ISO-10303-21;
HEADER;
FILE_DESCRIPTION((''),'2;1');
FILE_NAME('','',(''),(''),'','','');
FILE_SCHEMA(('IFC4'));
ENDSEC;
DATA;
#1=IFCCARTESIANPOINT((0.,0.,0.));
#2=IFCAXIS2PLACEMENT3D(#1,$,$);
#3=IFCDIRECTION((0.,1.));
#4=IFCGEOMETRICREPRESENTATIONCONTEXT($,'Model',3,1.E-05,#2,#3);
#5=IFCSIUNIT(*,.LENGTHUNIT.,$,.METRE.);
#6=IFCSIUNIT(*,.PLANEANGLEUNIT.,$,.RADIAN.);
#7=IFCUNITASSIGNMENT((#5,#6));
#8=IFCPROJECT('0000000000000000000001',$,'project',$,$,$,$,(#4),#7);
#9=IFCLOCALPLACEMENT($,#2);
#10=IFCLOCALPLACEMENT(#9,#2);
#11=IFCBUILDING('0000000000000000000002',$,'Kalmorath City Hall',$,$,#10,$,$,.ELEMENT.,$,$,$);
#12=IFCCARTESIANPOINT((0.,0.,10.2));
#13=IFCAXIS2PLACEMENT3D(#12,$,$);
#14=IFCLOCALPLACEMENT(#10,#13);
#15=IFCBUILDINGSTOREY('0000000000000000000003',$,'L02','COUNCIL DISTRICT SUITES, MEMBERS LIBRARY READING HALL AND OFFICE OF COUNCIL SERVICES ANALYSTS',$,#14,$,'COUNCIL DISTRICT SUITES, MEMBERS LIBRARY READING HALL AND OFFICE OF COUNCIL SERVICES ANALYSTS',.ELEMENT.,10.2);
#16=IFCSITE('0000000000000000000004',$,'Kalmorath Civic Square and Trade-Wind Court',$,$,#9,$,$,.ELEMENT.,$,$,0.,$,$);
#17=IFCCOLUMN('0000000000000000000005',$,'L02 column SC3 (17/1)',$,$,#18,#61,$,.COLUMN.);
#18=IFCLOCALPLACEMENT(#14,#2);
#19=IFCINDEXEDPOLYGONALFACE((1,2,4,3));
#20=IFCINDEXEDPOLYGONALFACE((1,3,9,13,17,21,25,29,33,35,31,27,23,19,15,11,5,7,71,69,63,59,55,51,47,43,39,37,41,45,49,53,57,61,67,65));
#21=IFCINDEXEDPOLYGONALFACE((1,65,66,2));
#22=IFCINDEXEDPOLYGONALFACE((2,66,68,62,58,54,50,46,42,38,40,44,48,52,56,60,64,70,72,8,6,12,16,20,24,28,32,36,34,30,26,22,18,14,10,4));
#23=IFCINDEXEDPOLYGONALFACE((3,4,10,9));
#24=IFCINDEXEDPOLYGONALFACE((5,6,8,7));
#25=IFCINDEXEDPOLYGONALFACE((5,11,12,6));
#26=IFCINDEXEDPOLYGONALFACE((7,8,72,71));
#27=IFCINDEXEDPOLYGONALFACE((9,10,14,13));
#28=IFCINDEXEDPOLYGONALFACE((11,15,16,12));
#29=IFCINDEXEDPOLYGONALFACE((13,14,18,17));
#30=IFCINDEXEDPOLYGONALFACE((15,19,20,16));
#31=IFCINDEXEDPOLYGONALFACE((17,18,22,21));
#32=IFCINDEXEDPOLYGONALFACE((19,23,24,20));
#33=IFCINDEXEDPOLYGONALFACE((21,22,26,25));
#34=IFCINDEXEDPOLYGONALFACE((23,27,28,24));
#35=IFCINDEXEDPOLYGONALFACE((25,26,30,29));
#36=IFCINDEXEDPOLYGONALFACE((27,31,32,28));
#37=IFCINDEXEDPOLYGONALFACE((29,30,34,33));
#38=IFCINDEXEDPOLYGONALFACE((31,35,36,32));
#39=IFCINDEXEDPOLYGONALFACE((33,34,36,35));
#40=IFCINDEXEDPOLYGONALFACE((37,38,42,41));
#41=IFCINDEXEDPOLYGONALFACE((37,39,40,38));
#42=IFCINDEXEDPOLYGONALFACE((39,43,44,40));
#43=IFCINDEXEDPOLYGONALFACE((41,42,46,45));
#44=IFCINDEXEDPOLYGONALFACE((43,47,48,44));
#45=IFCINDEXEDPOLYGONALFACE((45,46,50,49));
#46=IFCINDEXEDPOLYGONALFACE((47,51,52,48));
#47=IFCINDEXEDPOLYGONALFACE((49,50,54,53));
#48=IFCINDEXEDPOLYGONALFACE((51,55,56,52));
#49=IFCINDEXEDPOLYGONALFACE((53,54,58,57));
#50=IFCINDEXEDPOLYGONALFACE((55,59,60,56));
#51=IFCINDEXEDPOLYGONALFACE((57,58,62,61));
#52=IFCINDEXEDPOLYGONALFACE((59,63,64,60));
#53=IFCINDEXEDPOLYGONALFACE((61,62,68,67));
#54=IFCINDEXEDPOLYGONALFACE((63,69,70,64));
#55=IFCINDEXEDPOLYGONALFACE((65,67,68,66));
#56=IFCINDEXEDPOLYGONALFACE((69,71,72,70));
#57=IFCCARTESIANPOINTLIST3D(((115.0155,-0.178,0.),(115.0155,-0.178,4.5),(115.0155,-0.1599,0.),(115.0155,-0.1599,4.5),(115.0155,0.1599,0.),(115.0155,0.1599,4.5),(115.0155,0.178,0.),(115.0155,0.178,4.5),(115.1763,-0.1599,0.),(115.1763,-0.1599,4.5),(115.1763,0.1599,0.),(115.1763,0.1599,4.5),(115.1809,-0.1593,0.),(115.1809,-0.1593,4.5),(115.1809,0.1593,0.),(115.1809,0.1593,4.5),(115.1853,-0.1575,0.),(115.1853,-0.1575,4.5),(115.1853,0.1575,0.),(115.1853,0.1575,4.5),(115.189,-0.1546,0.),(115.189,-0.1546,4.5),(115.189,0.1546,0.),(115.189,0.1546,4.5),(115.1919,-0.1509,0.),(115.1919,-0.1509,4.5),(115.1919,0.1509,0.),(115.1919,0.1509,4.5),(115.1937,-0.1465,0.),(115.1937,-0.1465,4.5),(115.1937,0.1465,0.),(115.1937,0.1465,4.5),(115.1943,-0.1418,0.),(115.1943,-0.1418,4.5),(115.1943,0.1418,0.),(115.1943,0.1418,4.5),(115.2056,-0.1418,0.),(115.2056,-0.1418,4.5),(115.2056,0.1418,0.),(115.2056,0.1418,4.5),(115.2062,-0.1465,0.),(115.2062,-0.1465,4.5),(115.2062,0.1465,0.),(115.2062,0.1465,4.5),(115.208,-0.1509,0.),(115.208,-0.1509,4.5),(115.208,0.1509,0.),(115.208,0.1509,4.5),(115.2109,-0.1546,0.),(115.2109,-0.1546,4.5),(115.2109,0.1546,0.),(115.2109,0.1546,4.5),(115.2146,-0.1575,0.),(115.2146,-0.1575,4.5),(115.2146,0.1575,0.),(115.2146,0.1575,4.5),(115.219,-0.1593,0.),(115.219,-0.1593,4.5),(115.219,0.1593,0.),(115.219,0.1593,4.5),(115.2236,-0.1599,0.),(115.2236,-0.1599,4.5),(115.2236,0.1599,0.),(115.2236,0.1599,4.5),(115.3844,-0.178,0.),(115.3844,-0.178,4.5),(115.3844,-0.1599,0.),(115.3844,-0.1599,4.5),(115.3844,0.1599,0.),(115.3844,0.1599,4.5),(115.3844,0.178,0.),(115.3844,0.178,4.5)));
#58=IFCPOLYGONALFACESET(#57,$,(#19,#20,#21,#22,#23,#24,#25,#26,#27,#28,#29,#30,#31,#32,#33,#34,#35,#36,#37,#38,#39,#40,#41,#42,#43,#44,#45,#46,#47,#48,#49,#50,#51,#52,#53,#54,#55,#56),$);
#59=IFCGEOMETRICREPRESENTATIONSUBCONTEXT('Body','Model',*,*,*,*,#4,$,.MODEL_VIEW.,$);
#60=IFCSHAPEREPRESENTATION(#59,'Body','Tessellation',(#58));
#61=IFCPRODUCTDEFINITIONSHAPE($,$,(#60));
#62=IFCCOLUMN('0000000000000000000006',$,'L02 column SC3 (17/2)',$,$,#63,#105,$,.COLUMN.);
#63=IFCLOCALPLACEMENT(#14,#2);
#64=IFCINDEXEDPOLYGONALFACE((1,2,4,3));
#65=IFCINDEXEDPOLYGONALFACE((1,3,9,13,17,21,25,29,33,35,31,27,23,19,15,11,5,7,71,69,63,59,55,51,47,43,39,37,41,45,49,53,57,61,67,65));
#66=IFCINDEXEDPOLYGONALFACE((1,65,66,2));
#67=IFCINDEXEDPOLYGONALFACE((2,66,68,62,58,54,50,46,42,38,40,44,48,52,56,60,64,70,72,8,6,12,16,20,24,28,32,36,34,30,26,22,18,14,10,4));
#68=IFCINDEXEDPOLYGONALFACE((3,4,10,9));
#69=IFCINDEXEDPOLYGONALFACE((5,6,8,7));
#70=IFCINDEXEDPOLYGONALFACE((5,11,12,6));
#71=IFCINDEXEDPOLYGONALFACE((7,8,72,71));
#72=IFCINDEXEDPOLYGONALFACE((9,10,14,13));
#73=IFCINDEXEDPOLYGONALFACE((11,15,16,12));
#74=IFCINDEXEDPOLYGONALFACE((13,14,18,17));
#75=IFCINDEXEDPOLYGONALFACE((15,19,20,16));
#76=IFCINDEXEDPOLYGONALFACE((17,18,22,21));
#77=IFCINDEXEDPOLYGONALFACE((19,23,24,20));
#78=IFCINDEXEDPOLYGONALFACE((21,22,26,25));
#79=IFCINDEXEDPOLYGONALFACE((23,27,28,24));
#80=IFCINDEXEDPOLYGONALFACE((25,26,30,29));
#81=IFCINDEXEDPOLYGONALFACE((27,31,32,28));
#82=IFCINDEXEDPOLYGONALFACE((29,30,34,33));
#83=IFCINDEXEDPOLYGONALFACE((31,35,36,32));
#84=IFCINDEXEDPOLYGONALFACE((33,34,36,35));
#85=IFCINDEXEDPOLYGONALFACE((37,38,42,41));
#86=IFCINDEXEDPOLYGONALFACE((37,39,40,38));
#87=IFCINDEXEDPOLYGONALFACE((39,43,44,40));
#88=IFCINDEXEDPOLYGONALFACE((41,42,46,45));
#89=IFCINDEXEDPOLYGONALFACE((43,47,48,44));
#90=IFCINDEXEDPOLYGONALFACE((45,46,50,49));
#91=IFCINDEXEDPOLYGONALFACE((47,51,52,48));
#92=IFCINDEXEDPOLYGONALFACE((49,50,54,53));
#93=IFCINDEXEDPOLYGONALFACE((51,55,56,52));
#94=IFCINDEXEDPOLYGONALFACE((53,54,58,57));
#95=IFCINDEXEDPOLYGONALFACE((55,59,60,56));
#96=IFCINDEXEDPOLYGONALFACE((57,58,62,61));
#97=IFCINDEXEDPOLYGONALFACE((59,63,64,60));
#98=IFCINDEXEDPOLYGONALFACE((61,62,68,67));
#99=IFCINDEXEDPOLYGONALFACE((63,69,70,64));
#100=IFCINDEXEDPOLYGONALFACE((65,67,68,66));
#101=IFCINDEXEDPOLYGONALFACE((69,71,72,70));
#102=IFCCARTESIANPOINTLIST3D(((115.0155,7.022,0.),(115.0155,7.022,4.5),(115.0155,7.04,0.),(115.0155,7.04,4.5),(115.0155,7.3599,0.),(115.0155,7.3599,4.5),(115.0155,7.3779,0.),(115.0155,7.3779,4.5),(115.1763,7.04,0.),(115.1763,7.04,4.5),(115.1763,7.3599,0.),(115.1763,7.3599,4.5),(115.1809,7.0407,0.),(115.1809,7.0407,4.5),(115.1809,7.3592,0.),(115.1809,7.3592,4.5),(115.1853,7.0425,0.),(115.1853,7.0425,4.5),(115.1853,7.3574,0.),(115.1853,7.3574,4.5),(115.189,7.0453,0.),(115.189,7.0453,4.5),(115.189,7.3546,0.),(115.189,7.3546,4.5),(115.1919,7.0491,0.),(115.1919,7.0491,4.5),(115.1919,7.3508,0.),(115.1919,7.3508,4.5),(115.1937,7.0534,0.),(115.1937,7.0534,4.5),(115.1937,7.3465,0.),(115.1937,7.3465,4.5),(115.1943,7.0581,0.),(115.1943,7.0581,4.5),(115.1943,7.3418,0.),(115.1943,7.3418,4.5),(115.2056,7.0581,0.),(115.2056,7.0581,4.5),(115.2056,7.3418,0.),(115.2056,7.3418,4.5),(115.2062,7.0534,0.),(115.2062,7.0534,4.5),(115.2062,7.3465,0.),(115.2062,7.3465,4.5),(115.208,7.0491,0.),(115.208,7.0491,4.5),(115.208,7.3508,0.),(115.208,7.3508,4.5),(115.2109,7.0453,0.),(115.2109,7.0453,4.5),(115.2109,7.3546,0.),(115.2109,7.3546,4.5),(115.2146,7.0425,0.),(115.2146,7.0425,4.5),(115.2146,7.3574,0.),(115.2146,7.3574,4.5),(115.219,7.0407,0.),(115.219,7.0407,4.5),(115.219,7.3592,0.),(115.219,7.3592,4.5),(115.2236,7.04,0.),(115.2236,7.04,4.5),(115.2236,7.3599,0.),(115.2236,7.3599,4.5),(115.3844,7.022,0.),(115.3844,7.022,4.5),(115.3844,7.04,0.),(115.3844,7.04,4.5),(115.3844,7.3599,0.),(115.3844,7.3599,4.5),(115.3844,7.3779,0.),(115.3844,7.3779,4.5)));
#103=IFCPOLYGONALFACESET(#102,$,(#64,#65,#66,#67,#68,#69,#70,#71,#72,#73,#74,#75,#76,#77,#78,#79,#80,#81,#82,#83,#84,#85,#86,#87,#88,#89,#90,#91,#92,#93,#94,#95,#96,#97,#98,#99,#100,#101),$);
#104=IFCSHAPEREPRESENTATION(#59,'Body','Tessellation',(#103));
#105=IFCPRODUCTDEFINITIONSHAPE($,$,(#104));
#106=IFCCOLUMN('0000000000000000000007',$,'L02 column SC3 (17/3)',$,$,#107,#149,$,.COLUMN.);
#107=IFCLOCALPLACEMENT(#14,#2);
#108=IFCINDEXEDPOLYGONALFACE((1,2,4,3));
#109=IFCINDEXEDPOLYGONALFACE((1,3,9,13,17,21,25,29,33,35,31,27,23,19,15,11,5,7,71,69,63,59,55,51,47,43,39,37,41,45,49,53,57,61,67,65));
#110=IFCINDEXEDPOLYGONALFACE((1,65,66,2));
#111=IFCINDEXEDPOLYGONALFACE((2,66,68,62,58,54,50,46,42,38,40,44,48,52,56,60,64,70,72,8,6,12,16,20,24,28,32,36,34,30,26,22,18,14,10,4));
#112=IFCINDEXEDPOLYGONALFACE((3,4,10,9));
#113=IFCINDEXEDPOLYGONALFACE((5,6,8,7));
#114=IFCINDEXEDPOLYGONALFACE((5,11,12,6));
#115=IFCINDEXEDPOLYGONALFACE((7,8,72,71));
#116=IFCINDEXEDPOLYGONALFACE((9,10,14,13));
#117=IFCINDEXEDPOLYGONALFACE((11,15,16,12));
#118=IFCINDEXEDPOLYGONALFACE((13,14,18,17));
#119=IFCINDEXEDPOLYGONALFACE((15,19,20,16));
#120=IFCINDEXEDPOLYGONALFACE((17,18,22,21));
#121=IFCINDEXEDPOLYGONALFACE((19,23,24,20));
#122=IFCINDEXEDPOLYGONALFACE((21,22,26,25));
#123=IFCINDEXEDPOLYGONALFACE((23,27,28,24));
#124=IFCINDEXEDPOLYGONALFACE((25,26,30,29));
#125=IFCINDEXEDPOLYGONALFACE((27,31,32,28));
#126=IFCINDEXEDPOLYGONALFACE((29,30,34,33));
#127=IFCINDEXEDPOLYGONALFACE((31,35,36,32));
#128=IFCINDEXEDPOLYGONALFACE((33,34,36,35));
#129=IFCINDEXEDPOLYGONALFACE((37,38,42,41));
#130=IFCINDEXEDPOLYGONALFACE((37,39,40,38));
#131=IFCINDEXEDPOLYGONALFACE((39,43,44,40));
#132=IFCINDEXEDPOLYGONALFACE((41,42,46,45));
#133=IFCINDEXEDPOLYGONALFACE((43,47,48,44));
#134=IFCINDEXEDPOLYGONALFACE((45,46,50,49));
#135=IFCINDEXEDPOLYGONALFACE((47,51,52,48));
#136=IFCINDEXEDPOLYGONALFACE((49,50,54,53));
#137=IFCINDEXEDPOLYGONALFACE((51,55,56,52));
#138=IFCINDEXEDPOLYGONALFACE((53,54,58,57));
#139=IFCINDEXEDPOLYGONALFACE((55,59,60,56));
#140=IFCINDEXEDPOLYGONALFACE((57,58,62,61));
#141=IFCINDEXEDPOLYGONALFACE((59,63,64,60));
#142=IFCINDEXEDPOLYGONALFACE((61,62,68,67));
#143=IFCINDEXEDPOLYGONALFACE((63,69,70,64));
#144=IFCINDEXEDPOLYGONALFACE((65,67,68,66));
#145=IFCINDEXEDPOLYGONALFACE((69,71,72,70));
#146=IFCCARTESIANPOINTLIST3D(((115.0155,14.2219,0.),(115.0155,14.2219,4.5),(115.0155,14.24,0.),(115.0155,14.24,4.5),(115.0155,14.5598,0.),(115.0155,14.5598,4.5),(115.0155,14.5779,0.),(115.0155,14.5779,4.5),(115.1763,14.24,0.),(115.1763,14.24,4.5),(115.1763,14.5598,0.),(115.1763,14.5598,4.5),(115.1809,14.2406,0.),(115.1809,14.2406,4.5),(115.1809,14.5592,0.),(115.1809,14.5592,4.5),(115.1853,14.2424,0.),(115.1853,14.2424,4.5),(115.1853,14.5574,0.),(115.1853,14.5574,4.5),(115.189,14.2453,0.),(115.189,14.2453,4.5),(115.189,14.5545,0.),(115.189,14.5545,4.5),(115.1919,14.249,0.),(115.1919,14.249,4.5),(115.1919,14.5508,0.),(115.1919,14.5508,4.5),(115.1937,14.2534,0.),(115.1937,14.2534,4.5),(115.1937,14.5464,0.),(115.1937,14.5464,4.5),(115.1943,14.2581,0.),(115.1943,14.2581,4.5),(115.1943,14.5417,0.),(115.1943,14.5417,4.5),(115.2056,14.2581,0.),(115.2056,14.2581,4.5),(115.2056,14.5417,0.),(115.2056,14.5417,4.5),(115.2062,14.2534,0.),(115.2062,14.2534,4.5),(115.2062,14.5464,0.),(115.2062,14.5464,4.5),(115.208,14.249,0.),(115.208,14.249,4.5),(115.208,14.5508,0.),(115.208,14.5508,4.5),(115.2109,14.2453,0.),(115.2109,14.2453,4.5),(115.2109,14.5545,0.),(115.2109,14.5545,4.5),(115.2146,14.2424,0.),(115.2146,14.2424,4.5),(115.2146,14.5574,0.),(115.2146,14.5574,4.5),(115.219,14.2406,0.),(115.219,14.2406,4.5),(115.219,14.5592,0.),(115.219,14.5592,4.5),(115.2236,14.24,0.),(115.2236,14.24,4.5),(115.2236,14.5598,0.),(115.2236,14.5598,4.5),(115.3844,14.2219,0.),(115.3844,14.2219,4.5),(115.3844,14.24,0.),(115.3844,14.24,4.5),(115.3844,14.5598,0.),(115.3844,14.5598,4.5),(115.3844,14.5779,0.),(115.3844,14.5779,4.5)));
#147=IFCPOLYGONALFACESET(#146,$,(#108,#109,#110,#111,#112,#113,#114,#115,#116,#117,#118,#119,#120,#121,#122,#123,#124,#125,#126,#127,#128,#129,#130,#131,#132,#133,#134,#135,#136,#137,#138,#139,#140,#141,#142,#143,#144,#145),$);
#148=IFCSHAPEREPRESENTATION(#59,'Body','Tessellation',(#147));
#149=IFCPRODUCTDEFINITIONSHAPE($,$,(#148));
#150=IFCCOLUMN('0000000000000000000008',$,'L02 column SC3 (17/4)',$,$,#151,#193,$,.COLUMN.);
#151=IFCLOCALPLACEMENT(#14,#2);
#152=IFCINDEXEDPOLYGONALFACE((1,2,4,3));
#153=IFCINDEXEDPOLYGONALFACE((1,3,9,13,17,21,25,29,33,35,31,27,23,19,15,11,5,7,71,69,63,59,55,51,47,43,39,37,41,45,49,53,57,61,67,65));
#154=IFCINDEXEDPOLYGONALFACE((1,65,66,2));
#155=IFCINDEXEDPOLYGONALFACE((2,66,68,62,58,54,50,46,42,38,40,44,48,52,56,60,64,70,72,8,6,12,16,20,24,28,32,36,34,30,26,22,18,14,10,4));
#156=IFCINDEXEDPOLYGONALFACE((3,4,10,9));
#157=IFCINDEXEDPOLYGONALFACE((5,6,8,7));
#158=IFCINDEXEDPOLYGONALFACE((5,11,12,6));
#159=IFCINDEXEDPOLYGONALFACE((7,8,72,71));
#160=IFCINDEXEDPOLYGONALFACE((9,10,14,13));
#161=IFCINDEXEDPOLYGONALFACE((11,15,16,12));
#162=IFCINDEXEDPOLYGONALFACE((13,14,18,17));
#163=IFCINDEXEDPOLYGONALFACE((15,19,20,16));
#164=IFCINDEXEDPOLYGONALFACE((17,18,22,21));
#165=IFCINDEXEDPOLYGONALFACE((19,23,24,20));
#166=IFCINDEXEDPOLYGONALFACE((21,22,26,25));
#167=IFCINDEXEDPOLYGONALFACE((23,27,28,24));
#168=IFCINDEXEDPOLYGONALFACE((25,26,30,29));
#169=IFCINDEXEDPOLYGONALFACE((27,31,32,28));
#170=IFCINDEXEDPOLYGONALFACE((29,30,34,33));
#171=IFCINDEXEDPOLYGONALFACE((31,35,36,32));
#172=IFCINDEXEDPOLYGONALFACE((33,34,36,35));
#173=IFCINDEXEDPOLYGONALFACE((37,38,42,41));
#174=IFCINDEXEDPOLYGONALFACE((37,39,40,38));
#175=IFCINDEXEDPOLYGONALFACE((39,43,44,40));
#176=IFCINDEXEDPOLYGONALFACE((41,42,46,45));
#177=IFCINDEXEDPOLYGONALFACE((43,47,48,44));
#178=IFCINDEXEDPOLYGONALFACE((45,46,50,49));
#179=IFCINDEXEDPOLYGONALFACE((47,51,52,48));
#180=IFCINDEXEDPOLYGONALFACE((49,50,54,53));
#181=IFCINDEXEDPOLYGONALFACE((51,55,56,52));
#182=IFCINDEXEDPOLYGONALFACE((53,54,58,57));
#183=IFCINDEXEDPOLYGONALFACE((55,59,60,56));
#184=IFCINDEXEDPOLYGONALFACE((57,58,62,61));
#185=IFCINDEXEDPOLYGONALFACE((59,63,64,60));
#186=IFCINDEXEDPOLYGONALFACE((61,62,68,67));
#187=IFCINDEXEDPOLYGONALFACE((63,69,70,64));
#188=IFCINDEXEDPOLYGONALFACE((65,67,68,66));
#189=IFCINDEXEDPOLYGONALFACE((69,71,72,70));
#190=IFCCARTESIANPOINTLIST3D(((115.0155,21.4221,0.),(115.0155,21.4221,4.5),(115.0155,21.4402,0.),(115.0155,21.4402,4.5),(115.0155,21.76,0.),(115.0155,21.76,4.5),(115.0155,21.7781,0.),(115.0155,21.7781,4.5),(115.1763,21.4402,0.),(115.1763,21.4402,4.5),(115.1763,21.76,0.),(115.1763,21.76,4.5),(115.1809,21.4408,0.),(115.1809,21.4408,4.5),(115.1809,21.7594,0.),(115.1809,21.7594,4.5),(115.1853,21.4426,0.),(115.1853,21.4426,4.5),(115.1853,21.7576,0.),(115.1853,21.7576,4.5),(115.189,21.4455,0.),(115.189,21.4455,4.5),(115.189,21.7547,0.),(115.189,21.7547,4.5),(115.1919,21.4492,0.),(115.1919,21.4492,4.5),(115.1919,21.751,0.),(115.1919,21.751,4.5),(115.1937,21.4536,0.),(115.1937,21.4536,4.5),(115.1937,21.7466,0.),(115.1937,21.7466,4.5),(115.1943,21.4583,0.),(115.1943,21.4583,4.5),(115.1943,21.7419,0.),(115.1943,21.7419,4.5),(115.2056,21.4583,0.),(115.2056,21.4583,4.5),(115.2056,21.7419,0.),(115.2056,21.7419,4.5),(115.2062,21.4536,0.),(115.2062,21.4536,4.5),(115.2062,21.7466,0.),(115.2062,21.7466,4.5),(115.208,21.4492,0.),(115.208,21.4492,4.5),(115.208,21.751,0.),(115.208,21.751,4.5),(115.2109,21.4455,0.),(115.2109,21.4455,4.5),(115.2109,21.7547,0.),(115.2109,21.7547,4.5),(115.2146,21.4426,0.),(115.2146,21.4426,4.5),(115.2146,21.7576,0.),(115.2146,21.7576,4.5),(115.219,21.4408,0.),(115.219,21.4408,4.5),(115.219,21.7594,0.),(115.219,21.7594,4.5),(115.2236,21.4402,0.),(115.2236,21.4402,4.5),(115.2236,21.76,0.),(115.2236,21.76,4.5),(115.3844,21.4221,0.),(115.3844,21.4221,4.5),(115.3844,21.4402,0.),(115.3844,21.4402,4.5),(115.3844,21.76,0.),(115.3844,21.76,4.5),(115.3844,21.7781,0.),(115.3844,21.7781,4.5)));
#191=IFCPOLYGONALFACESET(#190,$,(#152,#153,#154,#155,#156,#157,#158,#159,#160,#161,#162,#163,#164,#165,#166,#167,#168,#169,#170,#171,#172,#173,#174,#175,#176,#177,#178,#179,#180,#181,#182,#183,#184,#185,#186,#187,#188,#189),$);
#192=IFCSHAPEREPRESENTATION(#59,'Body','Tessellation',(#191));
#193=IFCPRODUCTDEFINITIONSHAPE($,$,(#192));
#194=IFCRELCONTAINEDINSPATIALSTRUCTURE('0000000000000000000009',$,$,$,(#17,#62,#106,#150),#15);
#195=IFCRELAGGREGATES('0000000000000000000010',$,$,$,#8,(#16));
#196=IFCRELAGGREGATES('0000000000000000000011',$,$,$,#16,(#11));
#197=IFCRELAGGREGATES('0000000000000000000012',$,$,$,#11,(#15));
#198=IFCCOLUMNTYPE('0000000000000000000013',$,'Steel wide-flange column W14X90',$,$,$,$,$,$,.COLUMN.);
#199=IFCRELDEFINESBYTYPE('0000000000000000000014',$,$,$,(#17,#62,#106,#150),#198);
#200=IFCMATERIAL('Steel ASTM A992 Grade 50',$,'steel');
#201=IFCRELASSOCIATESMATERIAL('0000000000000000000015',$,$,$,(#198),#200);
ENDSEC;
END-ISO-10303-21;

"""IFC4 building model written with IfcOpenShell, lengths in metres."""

from ifc_helpers import new_model, si_unit, direction, frame, origin, origin_2d, place, context, subcontext, project, spatial, i_section, extrude, material, material_profile, profile_set, type_object, element, save


model = new_model("IFC4")

# Units and contexts
model_context = context("Model", 3, precision=1e-05, world=origin(), true_north=direction((0.0, 1.0)))
body_context = subcontext(model_context, "Body", "Model", "MODEL_VIEW")
ifc_project = project(units=[si_unit("LENGTHUNIT", "METRE"), si_unit("PLANEANGLEUNIT", "RADIAN")], contexts=[model_context])

# Site, building, storey
site_placement = place(None, origin())
site = spatial("IfcSite", under=ifc_project, at=site_placement, Name="Kalmorath Civic Square and Trade-Wind Court", CompositionType="ELEMENT", RefElevation=0.0)
building_placement = place(site_placement, origin())
building = spatial("IfcBuilding", under=site, at=building_placement, Name="Kalmorath City Hall", CompositionType="ELEMENT")
storey_placement = place(building_placement, frame((0.0, 0.0, 10.2)))
storey = spatial("IfcBuildingStorey", under=building, at=storey_placement, Name="L02", Description="COUNCIL DISTRICT SUITES, MEMBERS LIBRARY READING HALL AND OFFICE OF COUNCIL SERVICES ANALYSTS", LongName="COUNCIL DISTRICT SUITES, MEMBERS LIBRARY READING HALL AND OFFICE OF COUNCIL SERVICES ANALYSTS", CompositionType="ELEMENT", Elevation=10.2)

# Columns
ifc_material_1 = material(Name="Steel ASTM A992 Grade 50", Category="steel")
ifc_material_profile_1 = material_profile(ifc_material_1, i_section(OverallWidth=0.3689, OverallDepth=0.356, WebThickness=0.0112, FlangeThickness=0.0181, FilletRadius=0.0181, at=origin_2d()), Name="W14X90")
ifc_profile_set_1 = profile_set([ifc_material_profile_1], Name="Steel ASTM A992 Grade 50")
column_type = type_object("IfcColumnType", Name="Steel wide-flange column W14X90", PredefinedType="COLUMN", material=ifc_profile_set_1)
for number, where, z_axis, x_axis, name in (
    (1, (115.2, 0.0, 0.0), (0.0, 0.0, 1.0), (1.0, 0.0, 0.0), "L02 column SC3 (17/1)"),
    (2, (115.2, 7.2, 0.0), (0.0, 0.0, 1.0), (1.0, 0.0, 0.0), "L02 column SC3 (17/2)"),
    (3, (115.2, 14.3999, 0.0), (0.0, 0.0, 1.0), (1.0, 0.0, 0.0), "L02 column SC3 (17/3)"),
    (4, (115.2, 21.6001, 0.0), (0.0, 0.0, 1.0), (1.0, 0.0, 0.0), "L02 column SC3 (17/4)"),
):
    element("IfcColumn", number, at=place(storey_placement, frame(where, z_axis=z_axis, x_axis=x_axis)), inside=storey, type_object=column_type, Name=name, PredefinedType="COLUMN", context=body_context, shape_type="SweptSolid", body=[
        extrude(i_section(OverallWidth=0.3689, OverallDepth=0.356, WebThickness=0.0112, FlangeThickness=0.0181, FilletRadius=0.0181, at=origin_2d()), origin(), (0.0, 0.0, 1.0), 4.5),
    ])

save(model, "model.ifc")
